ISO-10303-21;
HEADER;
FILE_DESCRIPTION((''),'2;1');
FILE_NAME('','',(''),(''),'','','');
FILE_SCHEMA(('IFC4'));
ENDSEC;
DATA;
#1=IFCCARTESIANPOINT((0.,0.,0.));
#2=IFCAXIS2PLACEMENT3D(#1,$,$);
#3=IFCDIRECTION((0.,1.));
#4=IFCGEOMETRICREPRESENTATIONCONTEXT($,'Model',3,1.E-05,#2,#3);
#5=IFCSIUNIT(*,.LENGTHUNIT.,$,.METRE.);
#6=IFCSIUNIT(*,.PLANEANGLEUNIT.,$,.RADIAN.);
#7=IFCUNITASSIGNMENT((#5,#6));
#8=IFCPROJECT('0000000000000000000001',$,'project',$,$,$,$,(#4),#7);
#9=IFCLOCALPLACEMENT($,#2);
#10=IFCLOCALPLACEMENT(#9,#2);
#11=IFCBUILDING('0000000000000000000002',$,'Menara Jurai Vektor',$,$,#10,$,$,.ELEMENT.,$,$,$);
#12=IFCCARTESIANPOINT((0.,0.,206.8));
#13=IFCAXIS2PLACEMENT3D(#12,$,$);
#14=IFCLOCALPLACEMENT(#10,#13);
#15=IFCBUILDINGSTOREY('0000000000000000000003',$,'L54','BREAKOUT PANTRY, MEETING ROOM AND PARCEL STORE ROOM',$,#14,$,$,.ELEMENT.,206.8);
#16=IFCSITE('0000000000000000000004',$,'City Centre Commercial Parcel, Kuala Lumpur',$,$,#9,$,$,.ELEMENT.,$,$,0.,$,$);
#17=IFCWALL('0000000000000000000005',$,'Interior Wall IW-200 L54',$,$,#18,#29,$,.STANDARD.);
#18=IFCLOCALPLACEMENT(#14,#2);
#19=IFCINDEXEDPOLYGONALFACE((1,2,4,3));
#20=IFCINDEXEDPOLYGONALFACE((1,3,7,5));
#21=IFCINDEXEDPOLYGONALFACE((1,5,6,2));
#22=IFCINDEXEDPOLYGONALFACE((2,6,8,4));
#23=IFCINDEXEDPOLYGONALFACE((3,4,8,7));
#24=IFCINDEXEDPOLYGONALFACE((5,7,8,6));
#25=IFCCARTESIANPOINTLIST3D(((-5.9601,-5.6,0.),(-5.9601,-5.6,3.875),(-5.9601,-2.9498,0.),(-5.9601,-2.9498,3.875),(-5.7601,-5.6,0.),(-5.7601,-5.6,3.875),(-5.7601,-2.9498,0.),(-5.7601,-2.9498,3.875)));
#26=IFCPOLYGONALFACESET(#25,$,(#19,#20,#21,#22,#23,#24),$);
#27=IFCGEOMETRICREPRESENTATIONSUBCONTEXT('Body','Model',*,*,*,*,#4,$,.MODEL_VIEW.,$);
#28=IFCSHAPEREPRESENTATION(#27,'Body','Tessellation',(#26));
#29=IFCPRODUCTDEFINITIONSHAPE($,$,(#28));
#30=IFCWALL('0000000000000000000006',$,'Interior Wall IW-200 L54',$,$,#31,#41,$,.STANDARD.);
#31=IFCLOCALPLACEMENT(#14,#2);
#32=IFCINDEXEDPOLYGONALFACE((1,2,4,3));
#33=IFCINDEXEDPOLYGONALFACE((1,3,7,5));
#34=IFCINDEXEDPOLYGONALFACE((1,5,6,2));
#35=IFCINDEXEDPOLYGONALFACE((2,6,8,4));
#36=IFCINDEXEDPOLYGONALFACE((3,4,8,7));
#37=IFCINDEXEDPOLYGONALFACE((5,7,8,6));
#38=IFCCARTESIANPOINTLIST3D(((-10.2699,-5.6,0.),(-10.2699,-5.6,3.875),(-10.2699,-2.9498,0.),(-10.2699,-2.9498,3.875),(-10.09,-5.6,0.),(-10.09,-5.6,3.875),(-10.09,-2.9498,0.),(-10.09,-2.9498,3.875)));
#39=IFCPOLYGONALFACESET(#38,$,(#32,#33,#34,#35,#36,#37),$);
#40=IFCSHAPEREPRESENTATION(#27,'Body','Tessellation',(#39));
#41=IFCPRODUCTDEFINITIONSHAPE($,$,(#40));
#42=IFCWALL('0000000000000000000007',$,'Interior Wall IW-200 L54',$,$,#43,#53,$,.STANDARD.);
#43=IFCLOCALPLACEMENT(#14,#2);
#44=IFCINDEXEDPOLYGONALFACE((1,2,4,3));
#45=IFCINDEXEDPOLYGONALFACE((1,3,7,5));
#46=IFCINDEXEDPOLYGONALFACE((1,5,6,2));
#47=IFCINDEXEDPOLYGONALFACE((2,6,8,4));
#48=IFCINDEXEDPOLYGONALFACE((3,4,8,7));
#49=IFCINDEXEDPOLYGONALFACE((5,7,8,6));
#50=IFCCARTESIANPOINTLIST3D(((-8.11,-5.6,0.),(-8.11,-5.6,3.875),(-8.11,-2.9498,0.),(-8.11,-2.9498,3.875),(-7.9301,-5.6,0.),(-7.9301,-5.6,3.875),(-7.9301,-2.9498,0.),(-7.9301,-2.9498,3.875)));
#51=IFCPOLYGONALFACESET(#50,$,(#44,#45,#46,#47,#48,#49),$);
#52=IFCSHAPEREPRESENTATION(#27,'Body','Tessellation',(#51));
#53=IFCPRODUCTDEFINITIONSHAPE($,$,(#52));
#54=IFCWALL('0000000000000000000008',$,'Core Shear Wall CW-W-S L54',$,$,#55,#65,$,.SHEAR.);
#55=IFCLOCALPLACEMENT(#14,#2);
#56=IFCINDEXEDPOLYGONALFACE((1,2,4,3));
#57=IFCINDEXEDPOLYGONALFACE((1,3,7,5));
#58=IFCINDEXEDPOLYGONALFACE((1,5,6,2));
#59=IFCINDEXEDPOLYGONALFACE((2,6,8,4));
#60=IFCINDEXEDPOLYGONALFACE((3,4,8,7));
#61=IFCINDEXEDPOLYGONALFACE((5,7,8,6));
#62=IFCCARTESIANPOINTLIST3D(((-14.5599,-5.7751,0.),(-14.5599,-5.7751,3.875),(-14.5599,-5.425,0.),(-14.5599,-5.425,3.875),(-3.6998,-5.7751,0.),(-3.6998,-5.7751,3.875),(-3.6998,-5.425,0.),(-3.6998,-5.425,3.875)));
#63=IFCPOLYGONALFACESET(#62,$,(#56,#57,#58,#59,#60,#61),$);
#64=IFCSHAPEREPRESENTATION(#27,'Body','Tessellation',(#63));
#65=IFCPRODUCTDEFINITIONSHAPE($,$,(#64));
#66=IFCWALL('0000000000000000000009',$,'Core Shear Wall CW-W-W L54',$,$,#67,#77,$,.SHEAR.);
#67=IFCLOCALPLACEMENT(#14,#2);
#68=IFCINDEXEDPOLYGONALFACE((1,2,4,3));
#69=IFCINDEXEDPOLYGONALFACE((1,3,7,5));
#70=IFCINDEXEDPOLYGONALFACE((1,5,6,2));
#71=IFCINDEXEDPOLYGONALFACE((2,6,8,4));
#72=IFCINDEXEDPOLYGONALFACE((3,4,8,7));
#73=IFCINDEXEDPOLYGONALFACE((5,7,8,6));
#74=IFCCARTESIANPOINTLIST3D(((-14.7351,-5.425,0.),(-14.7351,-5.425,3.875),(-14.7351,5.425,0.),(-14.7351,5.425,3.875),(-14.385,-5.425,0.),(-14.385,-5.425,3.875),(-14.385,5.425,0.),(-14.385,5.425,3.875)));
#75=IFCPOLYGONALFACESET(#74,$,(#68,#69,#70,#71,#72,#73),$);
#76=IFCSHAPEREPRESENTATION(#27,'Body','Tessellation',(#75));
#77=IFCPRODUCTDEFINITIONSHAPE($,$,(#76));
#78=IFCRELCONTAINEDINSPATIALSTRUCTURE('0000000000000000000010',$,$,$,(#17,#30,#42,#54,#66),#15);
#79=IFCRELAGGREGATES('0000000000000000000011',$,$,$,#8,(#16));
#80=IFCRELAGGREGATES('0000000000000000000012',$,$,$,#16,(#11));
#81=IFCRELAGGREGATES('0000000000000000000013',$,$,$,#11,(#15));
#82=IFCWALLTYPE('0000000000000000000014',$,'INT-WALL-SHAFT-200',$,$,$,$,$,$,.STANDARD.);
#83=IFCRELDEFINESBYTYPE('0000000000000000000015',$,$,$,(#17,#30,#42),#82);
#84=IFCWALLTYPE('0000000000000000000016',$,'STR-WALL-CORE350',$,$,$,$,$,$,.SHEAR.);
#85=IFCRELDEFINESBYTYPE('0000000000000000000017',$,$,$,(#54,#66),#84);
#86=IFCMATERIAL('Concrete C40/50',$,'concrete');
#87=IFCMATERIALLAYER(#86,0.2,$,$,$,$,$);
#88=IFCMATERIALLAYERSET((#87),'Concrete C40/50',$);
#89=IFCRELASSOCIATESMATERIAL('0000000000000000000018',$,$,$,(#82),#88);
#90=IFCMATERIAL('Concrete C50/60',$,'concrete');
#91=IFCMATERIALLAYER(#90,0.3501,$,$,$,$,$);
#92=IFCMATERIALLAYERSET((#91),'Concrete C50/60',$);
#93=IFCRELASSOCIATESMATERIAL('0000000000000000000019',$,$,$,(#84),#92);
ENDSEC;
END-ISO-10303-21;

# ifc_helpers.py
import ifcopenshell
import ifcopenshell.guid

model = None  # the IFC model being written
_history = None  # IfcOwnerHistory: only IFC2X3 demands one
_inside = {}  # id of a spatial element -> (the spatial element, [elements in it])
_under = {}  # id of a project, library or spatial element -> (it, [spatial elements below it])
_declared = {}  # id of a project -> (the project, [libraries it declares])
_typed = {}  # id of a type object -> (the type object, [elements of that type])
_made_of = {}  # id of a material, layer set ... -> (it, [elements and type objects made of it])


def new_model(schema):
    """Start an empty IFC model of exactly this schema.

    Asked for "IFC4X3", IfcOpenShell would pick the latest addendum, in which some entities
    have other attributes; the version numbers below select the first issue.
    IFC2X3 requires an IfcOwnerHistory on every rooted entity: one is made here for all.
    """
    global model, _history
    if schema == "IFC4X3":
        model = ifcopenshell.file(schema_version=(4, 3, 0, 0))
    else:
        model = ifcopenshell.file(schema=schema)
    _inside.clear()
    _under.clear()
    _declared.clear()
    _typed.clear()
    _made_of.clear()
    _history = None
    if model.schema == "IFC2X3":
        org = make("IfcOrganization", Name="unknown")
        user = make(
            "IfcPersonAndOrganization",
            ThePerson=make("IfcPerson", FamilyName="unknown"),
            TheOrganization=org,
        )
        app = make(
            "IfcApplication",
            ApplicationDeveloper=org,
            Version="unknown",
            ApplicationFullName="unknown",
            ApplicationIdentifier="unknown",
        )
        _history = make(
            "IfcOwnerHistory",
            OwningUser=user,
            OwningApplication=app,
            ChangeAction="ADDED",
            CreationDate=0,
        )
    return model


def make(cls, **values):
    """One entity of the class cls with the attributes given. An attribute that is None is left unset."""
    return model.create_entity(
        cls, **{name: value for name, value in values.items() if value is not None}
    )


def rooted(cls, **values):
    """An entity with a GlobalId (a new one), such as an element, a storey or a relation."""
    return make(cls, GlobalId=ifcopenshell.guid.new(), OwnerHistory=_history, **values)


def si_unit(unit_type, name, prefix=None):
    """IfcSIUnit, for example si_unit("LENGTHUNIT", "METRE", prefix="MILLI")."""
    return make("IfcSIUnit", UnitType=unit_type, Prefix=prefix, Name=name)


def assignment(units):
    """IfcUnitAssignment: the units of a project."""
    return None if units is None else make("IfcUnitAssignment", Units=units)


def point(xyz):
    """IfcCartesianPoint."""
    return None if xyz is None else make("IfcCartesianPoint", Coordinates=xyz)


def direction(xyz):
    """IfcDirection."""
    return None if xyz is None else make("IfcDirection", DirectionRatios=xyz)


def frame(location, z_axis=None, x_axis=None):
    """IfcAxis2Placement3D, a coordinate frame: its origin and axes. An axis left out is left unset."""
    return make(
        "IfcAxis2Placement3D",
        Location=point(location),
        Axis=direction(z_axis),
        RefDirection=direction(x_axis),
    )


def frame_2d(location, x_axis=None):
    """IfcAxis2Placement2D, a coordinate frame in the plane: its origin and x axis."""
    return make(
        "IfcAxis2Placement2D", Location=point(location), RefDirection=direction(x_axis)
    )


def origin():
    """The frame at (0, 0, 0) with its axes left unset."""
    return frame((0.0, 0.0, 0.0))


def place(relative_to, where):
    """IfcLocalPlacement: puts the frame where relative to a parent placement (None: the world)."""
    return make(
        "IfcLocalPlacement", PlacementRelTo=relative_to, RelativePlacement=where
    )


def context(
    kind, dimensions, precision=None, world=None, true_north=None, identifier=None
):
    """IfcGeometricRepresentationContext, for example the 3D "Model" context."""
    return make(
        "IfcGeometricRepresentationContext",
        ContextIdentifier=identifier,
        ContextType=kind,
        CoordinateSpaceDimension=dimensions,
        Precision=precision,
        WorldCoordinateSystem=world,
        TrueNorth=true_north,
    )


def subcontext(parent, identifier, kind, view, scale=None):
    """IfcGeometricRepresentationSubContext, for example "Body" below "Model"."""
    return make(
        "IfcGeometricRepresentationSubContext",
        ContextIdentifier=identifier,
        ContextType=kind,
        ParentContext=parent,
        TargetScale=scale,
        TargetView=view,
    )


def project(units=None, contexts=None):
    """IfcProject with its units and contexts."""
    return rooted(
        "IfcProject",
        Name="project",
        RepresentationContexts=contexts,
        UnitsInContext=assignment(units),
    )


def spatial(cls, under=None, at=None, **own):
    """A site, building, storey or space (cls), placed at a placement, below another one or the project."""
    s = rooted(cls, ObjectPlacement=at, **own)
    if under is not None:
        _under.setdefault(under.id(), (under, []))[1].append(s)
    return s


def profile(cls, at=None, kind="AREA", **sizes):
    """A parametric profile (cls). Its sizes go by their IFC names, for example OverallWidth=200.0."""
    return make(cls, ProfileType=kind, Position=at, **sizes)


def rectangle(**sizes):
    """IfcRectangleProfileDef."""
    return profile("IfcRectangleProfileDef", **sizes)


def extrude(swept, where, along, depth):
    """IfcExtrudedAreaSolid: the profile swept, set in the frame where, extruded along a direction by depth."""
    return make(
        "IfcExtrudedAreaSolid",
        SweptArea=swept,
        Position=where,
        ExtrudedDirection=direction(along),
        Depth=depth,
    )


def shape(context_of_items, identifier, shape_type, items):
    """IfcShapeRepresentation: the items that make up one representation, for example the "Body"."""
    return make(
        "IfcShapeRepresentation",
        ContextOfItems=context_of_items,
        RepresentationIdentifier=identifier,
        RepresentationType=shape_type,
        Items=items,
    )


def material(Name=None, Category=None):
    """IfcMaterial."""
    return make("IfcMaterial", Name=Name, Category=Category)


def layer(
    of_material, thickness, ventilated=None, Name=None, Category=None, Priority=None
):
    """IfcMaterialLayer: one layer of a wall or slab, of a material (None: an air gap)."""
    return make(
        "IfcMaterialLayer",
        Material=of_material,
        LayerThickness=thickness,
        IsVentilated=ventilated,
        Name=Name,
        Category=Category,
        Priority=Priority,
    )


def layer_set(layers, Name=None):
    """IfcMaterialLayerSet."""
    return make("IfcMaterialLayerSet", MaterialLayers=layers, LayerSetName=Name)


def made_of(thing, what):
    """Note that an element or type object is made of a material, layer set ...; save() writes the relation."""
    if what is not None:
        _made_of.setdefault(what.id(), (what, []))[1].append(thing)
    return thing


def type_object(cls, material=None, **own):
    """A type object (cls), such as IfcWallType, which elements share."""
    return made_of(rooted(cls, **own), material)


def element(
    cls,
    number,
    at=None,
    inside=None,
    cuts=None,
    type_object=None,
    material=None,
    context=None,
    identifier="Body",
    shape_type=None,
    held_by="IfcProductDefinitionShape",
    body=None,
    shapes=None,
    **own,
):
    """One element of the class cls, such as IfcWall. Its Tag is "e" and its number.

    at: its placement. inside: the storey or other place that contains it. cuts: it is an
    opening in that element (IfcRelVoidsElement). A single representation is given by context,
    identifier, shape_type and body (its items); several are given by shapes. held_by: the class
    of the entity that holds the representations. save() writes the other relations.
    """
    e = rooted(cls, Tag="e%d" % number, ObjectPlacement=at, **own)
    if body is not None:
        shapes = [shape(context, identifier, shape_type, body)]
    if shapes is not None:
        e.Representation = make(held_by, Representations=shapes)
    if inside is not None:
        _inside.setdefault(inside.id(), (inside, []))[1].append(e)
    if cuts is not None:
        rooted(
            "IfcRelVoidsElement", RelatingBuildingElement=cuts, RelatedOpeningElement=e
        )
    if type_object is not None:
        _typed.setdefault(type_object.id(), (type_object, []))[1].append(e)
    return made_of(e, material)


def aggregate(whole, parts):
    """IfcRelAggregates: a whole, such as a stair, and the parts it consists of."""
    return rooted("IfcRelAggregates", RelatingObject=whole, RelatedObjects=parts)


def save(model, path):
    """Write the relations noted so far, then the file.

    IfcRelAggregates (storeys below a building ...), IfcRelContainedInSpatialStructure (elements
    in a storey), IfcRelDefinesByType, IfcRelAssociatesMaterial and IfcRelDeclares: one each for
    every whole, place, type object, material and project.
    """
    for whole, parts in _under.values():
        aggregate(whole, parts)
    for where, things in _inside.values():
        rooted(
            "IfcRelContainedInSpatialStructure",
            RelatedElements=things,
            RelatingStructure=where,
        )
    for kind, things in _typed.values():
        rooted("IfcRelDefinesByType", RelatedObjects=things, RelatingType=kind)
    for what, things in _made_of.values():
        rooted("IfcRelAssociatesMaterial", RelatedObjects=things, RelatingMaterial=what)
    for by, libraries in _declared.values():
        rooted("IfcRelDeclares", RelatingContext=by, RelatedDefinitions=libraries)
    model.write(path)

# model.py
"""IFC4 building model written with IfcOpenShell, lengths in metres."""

from ifc_helpers import new_model, si_unit, direction, frame, frame_2d, origin, place, context, subcontext, project, spatial, rectangle, extrude, material, layer, layer_set, type_object, element, save


model = new_model("IFC4")

# Units and contexts
model_context = context("Model", 3, precision=1e-05, world=origin(), true_north=direction((0.0, 1.0)))
body_context = subcontext(model_context, "Body", "Model", "MODEL_VIEW")
ifc_project = project(units=[si_unit("LENGTHUNIT", "METRE"), si_unit("PLANEANGLEUNIT", "RADIAN")], contexts=[model_context])

# Site, building, storey
site_placement = place(None, origin())
site = spatial("IfcSite", under=ifc_project, at=site_placement, Name="City Centre Commercial Parcel, Kuala Lumpur", CompositionType="ELEMENT", RefElevation=0.0)
building_placement = place(site_placement, origin())
building = spatial("IfcBuilding", under=site, at=building_placement, Name="Menara Jurai Vektor", CompositionType="ELEMENT")
storey_placement = place(building_placement, frame((0.0, 0.0, 206.8)))
storey = spatial("IfcBuildingStorey", under=building, at=storey_placement, Name="L54", Description="BREAKOUT PANTRY, MEETING ROOM AND PARCEL STORE ROOM", CompositionType="ELEMENT", Elevation=206.8)

# Shared definitions
ifc_material_1 = material(Name="Concrete C50/60", Category="concrete")

# Walls
ifc_material_2 = material(Name="Concrete C40/50", Category="concrete")
ifc_layer_1 = layer(ifc_material_2, 0.2)
ifc_layer_set_1 = layer_set([ifc_layer_1], Name="Concrete C40/50")
wall_type_1 = type_object("IfcWallType", Name="INT-WALL-SHAFT-200", PredefinedType="STANDARD", material=ifc_layer_set_1)
for number, where, z_axis, x_axis, name in (
    (1, (-5.8601, -5.6001, 0.0), (0.0, 0.0, 1.0), (0.0, 1.0, 0.0), "Interior Wall IW-200 L54"),
):
    element("IfcWall", number, at=place(storey_placement, frame(where, z_axis=z_axis, x_axis=x_axis)), inside=storey, type_object=wall_type_1, Name=name, PredefinedType="STANDARD", context=body_context, shape_type="SweptSolid", body=[
        extrude(rectangle(XDim=2.6501, YDim=0.2, at=frame_2d((1.3252, 0.0))), origin(), (0.0, 0.0, 1.0), 3.875),
    ])
for number, where, z_axis, x_axis, name in (
    (2, (-10.1799, -5.6001, 0.0), (0.0, 0.0, 1.0), (0.0, 1.0, 0.0), "Interior Wall IW-200 L54"),
    (3, (-8.02, -5.6001, 0.0), (0.0, 0.0, 1.0), (0.0, 1.0, 0.0), "Interior Wall IW-200 L54"),
):
    element("IfcWall", number, at=place(storey_placement, frame(where, z_axis=z_axis, x_axis=x_axis)), inside=storey, type_object=wall_type_1, Name=name, PredefinedType="STANDARD", context=body_context, shape_type="SweptSolid", body=[
        extrude(rectangle(XDim=2.6501, YDim=0.1799, at=frame_2d((1.3252, 0.0))), origin(), (0.0, 0.0, 1.0), 3.875),
    ])
ifc_layer_2 = layer(ifc_material_1, 0.3501)
ifc_layer_set_2 = layer_set([ifc_layer_2], Name="Concrete C50/60")
wall_type_2 = type_object("IfcWallType", Name="STR-WALL-CORE350", PredefinedType="SHEAR", material=ifc_layer_set_2)
wall_1_placement = place(storey_placement, frame((-14.5601, -5.6001, 0.0), z_axis=(0.0, 0.0, 1.0), x_axis=(1.0, 0.0, 0.0)))
element("IfcWall", 4, at=wall_1_placement, inside=storey, type_object=wall_type_2, Name="Core Shear Wall CW-W-S L54", PredefinedType="SHEAR", context=body_context, shape_type="SweptSolid", body=[
    extrude(rectangle(XDim=10.8601, YDim=0.3501, at=frame_2d((5.4302, 0.0))), origin(), (0.0, 0.0, 1.0), 3.875),
])
wall_2_placement = place(storey_placement, frame((-14.5601, -5.425, 0.0), z_axis=(0.0, 0.0, 1.0), x_axis=(0.0, 1.0, 0.0)))
element("IfcWall", 5, at=wall_2_placement, inside=storey, type_object=wall_type_2, Name="Core Shear Wall CW-W-W L54", PredefinedType="SHEAR", context=body_context, shape_type="SweptSolid", body=[
    extrude(rectangle(XDim=10.8501, YDim=0.3501, at=frame_2d((5.425, 0.0))), origin(), (0.0, 0.0, 1.0), 3.875),
])

save(model, "model.ifc")
